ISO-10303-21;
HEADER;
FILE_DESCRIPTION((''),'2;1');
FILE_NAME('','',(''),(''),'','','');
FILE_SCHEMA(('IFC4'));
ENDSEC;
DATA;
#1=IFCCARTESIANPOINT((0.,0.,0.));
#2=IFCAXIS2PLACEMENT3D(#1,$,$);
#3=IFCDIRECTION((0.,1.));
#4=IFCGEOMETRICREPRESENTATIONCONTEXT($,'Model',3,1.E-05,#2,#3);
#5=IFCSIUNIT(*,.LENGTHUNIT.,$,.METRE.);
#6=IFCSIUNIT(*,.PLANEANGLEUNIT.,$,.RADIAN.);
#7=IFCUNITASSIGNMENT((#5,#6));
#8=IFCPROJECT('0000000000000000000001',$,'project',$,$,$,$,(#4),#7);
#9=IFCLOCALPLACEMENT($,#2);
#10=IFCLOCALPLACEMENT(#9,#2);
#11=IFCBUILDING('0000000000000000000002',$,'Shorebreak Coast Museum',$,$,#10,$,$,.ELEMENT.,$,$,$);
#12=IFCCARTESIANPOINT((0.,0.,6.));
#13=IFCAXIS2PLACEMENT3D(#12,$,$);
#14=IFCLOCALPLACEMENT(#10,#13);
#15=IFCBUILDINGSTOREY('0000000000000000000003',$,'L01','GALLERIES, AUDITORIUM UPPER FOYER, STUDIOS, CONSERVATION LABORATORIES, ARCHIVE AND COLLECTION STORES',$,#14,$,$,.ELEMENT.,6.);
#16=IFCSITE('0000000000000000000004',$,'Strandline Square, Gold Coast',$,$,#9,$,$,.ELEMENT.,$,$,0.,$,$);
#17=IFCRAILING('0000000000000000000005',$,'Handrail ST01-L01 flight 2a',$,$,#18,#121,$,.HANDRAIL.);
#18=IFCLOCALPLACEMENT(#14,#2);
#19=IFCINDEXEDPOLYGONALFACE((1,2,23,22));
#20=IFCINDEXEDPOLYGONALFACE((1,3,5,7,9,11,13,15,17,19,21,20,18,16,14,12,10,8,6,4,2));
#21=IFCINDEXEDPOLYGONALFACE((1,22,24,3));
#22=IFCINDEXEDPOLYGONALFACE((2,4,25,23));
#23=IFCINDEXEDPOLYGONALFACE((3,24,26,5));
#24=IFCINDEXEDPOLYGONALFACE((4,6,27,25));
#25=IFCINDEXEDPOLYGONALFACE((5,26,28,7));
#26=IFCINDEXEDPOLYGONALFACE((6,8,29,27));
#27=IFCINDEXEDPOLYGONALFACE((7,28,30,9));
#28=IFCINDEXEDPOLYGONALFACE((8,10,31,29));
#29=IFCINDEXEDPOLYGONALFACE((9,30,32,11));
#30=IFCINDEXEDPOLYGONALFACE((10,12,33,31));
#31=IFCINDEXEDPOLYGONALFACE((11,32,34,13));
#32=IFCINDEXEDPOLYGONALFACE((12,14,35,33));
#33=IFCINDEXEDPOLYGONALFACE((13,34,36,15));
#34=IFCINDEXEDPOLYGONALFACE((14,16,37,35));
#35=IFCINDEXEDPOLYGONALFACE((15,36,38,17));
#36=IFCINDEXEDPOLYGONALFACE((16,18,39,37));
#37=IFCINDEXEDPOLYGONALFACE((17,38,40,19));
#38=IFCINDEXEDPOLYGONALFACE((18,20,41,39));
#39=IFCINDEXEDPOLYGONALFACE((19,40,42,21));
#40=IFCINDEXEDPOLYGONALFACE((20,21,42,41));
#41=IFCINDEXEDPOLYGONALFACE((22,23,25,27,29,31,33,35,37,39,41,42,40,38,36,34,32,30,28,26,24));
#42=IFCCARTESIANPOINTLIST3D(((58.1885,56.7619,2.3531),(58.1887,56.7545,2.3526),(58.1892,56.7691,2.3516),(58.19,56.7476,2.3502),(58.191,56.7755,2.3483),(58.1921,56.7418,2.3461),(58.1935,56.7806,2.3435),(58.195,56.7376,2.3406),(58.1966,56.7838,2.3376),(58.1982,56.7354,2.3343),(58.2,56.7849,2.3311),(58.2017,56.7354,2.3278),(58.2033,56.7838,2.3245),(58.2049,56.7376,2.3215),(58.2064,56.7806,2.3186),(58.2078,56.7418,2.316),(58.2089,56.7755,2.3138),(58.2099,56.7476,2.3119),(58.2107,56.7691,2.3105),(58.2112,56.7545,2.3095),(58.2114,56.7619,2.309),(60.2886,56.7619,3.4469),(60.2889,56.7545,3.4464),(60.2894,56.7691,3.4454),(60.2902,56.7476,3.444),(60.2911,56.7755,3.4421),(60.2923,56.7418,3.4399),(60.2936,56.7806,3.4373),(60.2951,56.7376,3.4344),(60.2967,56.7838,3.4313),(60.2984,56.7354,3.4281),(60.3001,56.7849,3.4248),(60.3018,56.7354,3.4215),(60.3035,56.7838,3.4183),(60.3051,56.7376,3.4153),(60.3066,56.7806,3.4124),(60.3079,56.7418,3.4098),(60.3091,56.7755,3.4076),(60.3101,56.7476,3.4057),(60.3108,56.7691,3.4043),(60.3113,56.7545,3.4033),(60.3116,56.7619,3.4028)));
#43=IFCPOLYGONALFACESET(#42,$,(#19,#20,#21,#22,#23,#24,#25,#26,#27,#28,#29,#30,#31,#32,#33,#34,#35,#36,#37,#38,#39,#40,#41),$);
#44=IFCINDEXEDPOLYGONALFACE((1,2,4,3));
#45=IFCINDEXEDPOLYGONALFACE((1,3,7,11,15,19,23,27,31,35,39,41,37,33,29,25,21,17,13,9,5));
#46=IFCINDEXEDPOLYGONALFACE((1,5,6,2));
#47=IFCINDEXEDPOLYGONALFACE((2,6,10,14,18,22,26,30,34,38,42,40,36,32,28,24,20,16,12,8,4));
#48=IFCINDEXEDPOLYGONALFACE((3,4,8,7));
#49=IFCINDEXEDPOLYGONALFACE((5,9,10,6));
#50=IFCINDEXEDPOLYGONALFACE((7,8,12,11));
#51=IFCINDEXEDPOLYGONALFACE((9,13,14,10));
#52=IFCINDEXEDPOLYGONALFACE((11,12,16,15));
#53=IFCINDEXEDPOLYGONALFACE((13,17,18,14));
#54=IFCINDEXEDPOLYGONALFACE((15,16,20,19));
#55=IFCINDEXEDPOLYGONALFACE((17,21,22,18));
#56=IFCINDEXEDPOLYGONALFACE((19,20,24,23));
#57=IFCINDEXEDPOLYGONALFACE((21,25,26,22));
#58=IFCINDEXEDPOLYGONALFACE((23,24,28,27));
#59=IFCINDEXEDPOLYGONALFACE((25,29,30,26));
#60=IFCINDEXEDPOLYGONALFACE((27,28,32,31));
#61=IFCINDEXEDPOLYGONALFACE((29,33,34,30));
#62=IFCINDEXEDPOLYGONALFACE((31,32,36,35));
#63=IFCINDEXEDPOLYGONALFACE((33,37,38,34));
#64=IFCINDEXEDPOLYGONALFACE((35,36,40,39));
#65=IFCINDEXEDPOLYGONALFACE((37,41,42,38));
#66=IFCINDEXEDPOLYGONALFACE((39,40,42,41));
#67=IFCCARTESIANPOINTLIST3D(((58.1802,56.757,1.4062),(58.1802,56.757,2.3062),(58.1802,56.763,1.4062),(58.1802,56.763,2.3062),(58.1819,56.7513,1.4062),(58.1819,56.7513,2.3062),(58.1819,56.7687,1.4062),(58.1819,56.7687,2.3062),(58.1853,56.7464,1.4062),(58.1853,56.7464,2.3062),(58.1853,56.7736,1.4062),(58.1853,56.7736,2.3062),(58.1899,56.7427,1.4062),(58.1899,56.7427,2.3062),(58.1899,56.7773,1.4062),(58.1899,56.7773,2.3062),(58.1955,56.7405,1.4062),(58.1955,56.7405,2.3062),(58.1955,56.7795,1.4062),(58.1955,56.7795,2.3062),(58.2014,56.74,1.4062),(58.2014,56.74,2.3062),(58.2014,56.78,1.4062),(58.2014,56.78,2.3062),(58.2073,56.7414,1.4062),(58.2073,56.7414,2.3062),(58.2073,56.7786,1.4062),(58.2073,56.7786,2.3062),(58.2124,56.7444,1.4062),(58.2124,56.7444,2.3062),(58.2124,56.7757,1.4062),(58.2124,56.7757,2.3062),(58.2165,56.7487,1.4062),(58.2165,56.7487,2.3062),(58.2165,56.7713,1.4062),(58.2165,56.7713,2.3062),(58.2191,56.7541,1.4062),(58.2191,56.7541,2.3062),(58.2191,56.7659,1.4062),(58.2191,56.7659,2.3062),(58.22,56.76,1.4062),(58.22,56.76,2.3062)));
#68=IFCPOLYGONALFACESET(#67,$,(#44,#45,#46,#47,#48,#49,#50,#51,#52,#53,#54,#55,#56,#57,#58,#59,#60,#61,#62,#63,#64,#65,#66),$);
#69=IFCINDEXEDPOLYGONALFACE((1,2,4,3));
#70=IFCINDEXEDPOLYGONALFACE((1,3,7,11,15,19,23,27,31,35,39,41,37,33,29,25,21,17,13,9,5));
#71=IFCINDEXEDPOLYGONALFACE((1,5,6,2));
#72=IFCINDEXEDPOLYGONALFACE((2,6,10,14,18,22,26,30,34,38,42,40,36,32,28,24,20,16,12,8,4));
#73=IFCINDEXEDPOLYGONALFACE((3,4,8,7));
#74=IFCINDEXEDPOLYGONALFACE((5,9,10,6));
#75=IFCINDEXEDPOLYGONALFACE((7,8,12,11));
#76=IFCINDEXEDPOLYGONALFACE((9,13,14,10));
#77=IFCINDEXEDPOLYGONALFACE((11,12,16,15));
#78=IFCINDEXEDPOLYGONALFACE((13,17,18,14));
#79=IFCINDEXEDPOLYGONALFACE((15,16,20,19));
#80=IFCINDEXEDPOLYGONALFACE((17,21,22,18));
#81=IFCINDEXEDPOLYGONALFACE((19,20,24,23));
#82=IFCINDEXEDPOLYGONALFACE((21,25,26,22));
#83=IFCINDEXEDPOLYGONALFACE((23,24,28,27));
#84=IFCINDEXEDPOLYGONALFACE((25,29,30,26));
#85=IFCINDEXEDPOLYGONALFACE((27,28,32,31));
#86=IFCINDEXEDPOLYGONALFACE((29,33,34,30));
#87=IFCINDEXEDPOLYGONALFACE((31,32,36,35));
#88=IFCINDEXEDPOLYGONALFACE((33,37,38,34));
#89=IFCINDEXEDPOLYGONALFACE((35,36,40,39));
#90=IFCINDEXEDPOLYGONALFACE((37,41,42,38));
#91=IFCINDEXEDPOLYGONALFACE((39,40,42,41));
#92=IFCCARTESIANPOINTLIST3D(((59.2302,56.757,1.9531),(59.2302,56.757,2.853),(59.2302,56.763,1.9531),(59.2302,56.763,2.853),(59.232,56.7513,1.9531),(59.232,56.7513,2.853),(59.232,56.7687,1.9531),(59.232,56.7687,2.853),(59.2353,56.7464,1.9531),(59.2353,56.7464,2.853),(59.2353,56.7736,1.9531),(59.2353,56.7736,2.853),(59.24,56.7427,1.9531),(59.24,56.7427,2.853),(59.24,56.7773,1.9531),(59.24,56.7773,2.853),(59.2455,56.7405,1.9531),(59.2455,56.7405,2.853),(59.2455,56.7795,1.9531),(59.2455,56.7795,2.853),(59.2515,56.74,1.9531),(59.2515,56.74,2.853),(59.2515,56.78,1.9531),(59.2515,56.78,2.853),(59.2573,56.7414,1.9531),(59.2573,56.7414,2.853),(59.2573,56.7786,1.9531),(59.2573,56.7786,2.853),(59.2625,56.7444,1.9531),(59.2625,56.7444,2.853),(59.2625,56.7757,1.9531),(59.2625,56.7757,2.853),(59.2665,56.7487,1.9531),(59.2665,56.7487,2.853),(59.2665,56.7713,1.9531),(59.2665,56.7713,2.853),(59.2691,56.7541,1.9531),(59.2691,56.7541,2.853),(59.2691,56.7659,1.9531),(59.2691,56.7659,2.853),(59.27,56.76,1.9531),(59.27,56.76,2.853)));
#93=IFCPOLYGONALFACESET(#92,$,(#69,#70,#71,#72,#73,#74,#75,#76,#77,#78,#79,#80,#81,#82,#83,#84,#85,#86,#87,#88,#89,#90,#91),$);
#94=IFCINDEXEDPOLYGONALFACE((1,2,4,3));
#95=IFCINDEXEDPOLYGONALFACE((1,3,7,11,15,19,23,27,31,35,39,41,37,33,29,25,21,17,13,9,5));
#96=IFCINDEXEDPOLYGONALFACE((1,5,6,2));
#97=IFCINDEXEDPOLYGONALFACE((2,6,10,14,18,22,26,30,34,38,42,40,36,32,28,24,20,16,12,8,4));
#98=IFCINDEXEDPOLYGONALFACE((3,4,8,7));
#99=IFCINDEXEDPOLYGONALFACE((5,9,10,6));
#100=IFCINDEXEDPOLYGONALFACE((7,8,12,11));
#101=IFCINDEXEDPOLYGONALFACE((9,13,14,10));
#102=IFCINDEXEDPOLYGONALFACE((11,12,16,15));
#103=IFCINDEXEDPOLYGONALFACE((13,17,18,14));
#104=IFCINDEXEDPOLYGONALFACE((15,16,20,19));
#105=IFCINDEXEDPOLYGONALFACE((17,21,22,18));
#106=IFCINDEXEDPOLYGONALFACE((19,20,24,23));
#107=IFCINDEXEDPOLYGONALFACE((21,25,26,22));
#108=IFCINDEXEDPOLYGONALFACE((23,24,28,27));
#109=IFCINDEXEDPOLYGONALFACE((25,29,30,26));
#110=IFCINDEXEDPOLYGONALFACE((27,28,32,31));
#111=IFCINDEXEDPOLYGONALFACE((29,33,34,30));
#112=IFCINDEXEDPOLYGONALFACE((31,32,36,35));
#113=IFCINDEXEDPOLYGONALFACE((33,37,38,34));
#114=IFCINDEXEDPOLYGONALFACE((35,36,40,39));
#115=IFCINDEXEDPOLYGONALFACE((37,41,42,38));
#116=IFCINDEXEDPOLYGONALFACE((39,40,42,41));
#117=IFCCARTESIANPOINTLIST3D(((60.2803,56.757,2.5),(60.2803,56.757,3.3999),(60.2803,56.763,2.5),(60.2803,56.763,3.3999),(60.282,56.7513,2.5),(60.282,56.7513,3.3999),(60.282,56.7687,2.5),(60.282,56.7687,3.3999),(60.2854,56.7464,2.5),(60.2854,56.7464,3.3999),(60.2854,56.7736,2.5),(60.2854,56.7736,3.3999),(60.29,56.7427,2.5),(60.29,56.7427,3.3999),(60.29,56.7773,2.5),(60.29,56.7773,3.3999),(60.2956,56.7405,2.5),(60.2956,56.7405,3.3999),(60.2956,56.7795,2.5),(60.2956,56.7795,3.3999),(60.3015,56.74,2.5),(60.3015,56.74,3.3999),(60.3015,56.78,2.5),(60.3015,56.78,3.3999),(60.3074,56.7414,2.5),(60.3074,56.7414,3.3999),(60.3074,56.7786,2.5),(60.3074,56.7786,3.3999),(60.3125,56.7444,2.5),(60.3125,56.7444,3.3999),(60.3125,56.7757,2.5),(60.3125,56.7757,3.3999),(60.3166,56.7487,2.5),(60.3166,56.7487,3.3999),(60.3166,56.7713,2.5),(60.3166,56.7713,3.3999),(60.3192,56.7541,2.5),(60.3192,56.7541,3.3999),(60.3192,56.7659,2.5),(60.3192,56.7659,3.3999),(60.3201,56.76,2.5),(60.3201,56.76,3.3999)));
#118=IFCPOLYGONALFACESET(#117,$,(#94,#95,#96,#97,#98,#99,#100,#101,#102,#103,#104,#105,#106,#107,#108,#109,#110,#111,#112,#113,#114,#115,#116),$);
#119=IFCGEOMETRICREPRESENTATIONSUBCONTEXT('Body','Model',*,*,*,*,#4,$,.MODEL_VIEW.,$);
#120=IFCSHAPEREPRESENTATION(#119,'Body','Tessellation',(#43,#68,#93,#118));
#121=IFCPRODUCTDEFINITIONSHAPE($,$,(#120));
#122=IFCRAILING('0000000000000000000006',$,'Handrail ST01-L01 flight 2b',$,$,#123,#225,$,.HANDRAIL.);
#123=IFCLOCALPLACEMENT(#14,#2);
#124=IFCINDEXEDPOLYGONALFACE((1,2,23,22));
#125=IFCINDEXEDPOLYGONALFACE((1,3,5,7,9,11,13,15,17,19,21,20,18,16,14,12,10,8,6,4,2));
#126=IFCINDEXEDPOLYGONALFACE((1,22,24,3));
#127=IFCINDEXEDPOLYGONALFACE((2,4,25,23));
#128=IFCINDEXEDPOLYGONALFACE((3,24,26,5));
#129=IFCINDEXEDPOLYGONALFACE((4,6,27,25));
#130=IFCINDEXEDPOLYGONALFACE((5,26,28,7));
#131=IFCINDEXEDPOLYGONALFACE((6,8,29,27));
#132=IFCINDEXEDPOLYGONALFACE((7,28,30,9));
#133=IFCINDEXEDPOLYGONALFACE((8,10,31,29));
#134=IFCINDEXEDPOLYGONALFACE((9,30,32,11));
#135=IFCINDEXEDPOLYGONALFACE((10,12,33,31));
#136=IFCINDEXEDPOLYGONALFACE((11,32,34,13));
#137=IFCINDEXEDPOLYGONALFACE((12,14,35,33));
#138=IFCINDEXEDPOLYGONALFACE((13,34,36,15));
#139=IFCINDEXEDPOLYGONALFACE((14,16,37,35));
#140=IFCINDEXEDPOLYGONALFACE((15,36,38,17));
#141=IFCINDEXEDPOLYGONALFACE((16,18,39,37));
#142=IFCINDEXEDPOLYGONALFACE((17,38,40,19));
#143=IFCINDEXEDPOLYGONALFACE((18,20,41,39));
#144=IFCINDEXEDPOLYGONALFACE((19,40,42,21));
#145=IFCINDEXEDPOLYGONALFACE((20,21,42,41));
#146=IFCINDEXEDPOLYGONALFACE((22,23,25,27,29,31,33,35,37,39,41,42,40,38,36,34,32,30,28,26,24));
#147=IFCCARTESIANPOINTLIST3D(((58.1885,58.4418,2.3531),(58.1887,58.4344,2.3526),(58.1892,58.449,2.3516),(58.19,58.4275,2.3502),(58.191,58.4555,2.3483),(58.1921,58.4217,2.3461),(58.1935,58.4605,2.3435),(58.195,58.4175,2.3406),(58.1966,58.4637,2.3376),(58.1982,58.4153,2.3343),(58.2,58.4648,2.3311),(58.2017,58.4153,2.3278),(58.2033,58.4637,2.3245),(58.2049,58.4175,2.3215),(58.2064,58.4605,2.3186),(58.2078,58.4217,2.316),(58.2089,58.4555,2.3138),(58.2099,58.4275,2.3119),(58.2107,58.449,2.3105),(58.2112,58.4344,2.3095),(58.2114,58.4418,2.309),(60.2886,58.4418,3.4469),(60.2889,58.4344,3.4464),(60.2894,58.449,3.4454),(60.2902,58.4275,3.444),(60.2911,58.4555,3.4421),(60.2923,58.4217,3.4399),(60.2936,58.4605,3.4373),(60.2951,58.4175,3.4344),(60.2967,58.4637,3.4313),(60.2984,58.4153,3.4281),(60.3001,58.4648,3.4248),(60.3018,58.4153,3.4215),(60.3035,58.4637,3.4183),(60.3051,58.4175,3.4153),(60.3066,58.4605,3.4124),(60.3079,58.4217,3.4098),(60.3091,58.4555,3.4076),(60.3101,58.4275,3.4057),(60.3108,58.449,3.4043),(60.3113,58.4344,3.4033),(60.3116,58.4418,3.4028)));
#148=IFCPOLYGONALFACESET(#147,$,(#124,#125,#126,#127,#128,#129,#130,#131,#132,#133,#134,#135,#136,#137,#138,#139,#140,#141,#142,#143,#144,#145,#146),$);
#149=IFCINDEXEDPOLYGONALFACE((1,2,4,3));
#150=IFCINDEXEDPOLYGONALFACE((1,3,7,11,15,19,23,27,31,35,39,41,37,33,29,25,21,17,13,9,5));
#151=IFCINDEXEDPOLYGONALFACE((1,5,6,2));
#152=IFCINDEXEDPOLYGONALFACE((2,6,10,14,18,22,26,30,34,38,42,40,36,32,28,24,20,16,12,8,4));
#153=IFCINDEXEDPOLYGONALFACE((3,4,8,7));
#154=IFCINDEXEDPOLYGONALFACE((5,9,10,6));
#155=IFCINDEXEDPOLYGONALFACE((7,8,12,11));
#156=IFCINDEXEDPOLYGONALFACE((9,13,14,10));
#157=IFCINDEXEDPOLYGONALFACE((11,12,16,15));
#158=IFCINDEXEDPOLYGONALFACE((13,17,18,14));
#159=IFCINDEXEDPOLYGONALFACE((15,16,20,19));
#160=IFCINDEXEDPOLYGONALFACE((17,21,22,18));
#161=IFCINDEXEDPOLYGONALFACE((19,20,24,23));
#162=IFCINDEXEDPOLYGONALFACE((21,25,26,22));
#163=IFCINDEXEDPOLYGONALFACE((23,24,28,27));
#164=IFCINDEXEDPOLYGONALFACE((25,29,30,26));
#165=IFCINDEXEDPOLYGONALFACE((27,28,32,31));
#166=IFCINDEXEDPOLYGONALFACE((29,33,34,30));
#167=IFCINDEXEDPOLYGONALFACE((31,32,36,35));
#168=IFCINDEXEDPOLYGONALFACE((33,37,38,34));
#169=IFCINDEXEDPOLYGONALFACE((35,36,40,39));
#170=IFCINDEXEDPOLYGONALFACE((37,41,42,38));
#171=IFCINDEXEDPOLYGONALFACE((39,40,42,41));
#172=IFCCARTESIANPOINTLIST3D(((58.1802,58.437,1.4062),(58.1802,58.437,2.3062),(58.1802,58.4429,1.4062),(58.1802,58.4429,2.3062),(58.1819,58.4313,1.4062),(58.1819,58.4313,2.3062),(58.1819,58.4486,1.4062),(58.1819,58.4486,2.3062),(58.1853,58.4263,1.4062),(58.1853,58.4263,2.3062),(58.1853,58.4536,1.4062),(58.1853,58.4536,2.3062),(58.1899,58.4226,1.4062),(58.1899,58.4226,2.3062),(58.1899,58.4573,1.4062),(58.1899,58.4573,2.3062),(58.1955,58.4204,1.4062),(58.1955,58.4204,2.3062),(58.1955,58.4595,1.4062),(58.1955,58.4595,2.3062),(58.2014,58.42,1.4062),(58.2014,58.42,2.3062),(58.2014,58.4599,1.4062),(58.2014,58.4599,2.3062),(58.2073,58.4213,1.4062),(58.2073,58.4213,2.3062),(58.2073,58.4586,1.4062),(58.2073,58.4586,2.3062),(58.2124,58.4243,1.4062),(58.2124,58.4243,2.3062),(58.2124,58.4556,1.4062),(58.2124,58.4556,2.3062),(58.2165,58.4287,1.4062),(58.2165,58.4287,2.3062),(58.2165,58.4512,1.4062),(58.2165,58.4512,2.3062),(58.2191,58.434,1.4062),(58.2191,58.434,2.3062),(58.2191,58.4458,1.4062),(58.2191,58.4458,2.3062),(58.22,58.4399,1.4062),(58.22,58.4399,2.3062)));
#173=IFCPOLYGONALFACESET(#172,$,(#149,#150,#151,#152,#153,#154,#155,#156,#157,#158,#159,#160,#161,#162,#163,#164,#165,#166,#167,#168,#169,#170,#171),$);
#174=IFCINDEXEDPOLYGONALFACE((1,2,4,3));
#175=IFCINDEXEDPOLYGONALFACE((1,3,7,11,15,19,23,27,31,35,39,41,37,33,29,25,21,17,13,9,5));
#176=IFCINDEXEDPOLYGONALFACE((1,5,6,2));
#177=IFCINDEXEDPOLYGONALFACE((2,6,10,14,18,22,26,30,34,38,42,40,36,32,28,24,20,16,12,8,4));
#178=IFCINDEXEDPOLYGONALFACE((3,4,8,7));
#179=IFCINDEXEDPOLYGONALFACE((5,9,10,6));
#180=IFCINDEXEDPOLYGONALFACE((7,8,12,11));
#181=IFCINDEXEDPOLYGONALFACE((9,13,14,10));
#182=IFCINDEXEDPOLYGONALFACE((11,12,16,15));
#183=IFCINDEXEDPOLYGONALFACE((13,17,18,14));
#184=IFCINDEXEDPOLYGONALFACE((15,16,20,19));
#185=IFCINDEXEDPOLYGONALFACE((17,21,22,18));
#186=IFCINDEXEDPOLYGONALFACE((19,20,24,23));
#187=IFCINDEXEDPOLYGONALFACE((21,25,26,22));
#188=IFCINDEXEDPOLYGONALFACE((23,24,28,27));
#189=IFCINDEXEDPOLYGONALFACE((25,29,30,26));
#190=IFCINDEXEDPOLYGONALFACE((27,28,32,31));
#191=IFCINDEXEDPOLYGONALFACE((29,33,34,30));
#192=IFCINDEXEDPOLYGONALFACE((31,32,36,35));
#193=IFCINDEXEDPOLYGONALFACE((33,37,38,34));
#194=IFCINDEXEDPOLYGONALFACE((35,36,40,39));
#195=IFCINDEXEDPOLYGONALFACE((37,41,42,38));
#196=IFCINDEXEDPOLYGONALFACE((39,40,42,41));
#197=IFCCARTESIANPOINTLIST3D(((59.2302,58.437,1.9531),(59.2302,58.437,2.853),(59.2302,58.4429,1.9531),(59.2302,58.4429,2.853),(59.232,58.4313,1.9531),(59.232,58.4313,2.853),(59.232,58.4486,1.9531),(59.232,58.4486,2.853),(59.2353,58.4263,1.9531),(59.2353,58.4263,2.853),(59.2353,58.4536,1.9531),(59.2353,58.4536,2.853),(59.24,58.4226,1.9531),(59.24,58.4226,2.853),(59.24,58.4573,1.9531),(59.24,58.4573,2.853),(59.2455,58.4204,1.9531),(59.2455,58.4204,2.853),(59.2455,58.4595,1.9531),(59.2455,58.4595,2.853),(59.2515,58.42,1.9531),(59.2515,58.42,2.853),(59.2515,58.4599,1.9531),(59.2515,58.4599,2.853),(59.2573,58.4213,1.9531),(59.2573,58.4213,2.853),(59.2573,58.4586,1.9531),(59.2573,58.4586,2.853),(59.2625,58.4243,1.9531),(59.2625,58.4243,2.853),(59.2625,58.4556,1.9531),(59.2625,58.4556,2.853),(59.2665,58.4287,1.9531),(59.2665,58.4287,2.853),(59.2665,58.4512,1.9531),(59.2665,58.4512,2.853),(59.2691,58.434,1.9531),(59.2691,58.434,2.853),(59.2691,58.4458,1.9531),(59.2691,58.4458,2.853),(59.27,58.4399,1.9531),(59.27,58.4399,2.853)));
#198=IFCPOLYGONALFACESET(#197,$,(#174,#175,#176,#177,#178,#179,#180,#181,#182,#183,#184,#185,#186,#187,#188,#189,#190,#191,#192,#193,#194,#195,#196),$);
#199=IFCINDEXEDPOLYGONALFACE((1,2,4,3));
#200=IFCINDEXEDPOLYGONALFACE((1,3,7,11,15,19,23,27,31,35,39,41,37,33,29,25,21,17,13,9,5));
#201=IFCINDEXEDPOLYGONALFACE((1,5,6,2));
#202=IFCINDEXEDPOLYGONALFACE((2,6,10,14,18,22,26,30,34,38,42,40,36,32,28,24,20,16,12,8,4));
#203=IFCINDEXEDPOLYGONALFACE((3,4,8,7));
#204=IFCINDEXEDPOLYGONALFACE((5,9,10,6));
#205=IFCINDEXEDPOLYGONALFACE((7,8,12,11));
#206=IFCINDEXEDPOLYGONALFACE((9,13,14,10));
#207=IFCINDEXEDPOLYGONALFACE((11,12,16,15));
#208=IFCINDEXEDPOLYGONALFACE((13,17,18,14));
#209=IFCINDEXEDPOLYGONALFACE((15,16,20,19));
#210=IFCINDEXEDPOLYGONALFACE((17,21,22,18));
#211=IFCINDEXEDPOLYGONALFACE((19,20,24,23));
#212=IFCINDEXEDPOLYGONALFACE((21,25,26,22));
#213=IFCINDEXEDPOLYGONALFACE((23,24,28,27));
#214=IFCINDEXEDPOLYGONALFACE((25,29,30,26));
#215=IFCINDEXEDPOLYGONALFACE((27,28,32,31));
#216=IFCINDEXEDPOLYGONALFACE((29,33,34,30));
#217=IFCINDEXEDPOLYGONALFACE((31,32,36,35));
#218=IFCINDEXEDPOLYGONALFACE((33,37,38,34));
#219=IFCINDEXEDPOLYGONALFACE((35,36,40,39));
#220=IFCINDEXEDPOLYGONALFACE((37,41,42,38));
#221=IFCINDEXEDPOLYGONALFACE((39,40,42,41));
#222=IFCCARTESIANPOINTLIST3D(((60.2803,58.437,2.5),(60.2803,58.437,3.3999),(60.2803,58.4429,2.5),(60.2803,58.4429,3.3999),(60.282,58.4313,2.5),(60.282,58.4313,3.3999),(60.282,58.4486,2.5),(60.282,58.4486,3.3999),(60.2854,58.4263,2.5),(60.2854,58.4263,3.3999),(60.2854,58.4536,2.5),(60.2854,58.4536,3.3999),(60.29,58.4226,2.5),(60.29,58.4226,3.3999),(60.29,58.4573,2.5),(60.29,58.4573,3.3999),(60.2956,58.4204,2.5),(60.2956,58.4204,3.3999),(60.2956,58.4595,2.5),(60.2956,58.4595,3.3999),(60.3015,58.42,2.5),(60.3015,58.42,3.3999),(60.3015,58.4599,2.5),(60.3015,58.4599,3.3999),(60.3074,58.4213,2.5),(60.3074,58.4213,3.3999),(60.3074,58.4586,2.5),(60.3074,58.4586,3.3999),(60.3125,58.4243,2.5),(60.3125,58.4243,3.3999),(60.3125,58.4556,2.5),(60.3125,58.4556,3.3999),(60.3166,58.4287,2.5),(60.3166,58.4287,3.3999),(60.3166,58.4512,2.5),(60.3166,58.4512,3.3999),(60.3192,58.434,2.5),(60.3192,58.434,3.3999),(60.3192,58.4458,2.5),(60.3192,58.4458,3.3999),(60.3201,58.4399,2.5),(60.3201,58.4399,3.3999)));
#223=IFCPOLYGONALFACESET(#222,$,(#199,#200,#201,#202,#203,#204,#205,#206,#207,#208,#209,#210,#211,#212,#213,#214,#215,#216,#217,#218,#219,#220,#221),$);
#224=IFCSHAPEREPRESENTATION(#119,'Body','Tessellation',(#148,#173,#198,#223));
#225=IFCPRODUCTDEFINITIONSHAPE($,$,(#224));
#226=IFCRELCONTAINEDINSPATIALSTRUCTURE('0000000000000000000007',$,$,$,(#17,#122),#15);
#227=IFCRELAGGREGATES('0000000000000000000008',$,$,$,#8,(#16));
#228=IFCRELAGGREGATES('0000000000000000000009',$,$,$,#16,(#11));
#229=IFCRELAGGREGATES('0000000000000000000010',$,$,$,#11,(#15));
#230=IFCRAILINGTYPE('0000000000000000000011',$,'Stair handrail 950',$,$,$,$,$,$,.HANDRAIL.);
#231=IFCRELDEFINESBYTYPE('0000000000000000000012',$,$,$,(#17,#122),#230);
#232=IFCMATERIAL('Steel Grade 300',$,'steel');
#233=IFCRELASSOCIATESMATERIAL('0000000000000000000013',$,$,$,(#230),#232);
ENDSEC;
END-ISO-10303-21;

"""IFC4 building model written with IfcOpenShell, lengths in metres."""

from ifc_helpers import new_model, si_unit, direction, frame, origin, origin_2d, place, context, subcontext, project, spatial, circle, extrude, material, type_object, element, save


model = new_model("IFC4")

# Units and contexts
model_context = context("Model", 3, precision=1e-05, world=origin(), true_north=direction((0.0, 1.0)))
body_context = subcontext(model_context, "Body", "Model", "MODEL_VIEW")
ifc_project = project(units=[si_unit("LENGTHUNIT", "METRE"), si_unit("PLANEANGLEUNIT", "RADIAN")], contexts=[model_context])

# Site, building, storey
site_placement = place(None, origin())
site = spatial("IfcSite", under=ifc_project, at=site_placement, Name="Strandline Square, Gold Coast", CompositionType="ELEMENT", RefElevation=0.0)
building_placement = place(site_placement, origin())
building = spatial("IfcBuilding", under=site, at=building_placement, Name="Shorebreak Coast Museum", CompositionType="ELEMENT")
storey_placement = place(building_placement, frame((0.0, 0.0, 6.0)))
storey = spatial("IfcBuildingStorey", under=building, at=storey_placement, Name="L01", Description="GALLERIES, AUDITORIUM UPPER FOYER, STUDIOS, CONSERVATION LABORATORIES, ARCHIVE AND COLLECTION STORES", CompositionType="ELEMENT", Elevation=6.0)

# Railings
ifc_material_1 = material(Name="Steel Grade 300", Category="steel")
railing_type_1 = type_object("IfcRailingType", Name="Stair handrail 950", PredefinedType="HANDRAIL", material=ifc_material_1)
for number, where, name in (
    (1, (58.2, 56.76, 1.4062), "Handrail ST01-L01 flight 2a"),
    (2, (58.2, 58.4399, 1.4062), "Handrail ST01-L01 flight 2b"),
):
    element("IfcRailing", number, at=place(storey_placement, frame(where)), inside=storey, type_object=railing_type_1, Name=name, PredefinedType="HANDRAIL", context=body_context, shape_type="SweptSolid", body=[
        extrude(circle(Radius=0.0249, at=origin_2d()), frame((0.0, 0.0, 0.9248), z_axis=(0.886923, 0.0, 0.461918), x_axis=(0.0, 1.0, 0.0)), (0.0, 0.0, 1.0), 2.3679),
        extrude(circle(Radius=0.02, at=origin_2d()), origin(), (0.0, 0.0, 1.0), 0.8999),
        extrude(circle(Radius=0.02, at=origin_2d()), frame((1.05, 0.0, 0.5469)), (0.0, 0.0, 1.0), 0.8999),
        extrude(circle(Radius=0.02, at=origin_2d()), frame((2.1001, 0.0, 1.0938)), (0.0, 0.0, 1.0), 0.8999),
    ])

save(model, "model.ifc")
